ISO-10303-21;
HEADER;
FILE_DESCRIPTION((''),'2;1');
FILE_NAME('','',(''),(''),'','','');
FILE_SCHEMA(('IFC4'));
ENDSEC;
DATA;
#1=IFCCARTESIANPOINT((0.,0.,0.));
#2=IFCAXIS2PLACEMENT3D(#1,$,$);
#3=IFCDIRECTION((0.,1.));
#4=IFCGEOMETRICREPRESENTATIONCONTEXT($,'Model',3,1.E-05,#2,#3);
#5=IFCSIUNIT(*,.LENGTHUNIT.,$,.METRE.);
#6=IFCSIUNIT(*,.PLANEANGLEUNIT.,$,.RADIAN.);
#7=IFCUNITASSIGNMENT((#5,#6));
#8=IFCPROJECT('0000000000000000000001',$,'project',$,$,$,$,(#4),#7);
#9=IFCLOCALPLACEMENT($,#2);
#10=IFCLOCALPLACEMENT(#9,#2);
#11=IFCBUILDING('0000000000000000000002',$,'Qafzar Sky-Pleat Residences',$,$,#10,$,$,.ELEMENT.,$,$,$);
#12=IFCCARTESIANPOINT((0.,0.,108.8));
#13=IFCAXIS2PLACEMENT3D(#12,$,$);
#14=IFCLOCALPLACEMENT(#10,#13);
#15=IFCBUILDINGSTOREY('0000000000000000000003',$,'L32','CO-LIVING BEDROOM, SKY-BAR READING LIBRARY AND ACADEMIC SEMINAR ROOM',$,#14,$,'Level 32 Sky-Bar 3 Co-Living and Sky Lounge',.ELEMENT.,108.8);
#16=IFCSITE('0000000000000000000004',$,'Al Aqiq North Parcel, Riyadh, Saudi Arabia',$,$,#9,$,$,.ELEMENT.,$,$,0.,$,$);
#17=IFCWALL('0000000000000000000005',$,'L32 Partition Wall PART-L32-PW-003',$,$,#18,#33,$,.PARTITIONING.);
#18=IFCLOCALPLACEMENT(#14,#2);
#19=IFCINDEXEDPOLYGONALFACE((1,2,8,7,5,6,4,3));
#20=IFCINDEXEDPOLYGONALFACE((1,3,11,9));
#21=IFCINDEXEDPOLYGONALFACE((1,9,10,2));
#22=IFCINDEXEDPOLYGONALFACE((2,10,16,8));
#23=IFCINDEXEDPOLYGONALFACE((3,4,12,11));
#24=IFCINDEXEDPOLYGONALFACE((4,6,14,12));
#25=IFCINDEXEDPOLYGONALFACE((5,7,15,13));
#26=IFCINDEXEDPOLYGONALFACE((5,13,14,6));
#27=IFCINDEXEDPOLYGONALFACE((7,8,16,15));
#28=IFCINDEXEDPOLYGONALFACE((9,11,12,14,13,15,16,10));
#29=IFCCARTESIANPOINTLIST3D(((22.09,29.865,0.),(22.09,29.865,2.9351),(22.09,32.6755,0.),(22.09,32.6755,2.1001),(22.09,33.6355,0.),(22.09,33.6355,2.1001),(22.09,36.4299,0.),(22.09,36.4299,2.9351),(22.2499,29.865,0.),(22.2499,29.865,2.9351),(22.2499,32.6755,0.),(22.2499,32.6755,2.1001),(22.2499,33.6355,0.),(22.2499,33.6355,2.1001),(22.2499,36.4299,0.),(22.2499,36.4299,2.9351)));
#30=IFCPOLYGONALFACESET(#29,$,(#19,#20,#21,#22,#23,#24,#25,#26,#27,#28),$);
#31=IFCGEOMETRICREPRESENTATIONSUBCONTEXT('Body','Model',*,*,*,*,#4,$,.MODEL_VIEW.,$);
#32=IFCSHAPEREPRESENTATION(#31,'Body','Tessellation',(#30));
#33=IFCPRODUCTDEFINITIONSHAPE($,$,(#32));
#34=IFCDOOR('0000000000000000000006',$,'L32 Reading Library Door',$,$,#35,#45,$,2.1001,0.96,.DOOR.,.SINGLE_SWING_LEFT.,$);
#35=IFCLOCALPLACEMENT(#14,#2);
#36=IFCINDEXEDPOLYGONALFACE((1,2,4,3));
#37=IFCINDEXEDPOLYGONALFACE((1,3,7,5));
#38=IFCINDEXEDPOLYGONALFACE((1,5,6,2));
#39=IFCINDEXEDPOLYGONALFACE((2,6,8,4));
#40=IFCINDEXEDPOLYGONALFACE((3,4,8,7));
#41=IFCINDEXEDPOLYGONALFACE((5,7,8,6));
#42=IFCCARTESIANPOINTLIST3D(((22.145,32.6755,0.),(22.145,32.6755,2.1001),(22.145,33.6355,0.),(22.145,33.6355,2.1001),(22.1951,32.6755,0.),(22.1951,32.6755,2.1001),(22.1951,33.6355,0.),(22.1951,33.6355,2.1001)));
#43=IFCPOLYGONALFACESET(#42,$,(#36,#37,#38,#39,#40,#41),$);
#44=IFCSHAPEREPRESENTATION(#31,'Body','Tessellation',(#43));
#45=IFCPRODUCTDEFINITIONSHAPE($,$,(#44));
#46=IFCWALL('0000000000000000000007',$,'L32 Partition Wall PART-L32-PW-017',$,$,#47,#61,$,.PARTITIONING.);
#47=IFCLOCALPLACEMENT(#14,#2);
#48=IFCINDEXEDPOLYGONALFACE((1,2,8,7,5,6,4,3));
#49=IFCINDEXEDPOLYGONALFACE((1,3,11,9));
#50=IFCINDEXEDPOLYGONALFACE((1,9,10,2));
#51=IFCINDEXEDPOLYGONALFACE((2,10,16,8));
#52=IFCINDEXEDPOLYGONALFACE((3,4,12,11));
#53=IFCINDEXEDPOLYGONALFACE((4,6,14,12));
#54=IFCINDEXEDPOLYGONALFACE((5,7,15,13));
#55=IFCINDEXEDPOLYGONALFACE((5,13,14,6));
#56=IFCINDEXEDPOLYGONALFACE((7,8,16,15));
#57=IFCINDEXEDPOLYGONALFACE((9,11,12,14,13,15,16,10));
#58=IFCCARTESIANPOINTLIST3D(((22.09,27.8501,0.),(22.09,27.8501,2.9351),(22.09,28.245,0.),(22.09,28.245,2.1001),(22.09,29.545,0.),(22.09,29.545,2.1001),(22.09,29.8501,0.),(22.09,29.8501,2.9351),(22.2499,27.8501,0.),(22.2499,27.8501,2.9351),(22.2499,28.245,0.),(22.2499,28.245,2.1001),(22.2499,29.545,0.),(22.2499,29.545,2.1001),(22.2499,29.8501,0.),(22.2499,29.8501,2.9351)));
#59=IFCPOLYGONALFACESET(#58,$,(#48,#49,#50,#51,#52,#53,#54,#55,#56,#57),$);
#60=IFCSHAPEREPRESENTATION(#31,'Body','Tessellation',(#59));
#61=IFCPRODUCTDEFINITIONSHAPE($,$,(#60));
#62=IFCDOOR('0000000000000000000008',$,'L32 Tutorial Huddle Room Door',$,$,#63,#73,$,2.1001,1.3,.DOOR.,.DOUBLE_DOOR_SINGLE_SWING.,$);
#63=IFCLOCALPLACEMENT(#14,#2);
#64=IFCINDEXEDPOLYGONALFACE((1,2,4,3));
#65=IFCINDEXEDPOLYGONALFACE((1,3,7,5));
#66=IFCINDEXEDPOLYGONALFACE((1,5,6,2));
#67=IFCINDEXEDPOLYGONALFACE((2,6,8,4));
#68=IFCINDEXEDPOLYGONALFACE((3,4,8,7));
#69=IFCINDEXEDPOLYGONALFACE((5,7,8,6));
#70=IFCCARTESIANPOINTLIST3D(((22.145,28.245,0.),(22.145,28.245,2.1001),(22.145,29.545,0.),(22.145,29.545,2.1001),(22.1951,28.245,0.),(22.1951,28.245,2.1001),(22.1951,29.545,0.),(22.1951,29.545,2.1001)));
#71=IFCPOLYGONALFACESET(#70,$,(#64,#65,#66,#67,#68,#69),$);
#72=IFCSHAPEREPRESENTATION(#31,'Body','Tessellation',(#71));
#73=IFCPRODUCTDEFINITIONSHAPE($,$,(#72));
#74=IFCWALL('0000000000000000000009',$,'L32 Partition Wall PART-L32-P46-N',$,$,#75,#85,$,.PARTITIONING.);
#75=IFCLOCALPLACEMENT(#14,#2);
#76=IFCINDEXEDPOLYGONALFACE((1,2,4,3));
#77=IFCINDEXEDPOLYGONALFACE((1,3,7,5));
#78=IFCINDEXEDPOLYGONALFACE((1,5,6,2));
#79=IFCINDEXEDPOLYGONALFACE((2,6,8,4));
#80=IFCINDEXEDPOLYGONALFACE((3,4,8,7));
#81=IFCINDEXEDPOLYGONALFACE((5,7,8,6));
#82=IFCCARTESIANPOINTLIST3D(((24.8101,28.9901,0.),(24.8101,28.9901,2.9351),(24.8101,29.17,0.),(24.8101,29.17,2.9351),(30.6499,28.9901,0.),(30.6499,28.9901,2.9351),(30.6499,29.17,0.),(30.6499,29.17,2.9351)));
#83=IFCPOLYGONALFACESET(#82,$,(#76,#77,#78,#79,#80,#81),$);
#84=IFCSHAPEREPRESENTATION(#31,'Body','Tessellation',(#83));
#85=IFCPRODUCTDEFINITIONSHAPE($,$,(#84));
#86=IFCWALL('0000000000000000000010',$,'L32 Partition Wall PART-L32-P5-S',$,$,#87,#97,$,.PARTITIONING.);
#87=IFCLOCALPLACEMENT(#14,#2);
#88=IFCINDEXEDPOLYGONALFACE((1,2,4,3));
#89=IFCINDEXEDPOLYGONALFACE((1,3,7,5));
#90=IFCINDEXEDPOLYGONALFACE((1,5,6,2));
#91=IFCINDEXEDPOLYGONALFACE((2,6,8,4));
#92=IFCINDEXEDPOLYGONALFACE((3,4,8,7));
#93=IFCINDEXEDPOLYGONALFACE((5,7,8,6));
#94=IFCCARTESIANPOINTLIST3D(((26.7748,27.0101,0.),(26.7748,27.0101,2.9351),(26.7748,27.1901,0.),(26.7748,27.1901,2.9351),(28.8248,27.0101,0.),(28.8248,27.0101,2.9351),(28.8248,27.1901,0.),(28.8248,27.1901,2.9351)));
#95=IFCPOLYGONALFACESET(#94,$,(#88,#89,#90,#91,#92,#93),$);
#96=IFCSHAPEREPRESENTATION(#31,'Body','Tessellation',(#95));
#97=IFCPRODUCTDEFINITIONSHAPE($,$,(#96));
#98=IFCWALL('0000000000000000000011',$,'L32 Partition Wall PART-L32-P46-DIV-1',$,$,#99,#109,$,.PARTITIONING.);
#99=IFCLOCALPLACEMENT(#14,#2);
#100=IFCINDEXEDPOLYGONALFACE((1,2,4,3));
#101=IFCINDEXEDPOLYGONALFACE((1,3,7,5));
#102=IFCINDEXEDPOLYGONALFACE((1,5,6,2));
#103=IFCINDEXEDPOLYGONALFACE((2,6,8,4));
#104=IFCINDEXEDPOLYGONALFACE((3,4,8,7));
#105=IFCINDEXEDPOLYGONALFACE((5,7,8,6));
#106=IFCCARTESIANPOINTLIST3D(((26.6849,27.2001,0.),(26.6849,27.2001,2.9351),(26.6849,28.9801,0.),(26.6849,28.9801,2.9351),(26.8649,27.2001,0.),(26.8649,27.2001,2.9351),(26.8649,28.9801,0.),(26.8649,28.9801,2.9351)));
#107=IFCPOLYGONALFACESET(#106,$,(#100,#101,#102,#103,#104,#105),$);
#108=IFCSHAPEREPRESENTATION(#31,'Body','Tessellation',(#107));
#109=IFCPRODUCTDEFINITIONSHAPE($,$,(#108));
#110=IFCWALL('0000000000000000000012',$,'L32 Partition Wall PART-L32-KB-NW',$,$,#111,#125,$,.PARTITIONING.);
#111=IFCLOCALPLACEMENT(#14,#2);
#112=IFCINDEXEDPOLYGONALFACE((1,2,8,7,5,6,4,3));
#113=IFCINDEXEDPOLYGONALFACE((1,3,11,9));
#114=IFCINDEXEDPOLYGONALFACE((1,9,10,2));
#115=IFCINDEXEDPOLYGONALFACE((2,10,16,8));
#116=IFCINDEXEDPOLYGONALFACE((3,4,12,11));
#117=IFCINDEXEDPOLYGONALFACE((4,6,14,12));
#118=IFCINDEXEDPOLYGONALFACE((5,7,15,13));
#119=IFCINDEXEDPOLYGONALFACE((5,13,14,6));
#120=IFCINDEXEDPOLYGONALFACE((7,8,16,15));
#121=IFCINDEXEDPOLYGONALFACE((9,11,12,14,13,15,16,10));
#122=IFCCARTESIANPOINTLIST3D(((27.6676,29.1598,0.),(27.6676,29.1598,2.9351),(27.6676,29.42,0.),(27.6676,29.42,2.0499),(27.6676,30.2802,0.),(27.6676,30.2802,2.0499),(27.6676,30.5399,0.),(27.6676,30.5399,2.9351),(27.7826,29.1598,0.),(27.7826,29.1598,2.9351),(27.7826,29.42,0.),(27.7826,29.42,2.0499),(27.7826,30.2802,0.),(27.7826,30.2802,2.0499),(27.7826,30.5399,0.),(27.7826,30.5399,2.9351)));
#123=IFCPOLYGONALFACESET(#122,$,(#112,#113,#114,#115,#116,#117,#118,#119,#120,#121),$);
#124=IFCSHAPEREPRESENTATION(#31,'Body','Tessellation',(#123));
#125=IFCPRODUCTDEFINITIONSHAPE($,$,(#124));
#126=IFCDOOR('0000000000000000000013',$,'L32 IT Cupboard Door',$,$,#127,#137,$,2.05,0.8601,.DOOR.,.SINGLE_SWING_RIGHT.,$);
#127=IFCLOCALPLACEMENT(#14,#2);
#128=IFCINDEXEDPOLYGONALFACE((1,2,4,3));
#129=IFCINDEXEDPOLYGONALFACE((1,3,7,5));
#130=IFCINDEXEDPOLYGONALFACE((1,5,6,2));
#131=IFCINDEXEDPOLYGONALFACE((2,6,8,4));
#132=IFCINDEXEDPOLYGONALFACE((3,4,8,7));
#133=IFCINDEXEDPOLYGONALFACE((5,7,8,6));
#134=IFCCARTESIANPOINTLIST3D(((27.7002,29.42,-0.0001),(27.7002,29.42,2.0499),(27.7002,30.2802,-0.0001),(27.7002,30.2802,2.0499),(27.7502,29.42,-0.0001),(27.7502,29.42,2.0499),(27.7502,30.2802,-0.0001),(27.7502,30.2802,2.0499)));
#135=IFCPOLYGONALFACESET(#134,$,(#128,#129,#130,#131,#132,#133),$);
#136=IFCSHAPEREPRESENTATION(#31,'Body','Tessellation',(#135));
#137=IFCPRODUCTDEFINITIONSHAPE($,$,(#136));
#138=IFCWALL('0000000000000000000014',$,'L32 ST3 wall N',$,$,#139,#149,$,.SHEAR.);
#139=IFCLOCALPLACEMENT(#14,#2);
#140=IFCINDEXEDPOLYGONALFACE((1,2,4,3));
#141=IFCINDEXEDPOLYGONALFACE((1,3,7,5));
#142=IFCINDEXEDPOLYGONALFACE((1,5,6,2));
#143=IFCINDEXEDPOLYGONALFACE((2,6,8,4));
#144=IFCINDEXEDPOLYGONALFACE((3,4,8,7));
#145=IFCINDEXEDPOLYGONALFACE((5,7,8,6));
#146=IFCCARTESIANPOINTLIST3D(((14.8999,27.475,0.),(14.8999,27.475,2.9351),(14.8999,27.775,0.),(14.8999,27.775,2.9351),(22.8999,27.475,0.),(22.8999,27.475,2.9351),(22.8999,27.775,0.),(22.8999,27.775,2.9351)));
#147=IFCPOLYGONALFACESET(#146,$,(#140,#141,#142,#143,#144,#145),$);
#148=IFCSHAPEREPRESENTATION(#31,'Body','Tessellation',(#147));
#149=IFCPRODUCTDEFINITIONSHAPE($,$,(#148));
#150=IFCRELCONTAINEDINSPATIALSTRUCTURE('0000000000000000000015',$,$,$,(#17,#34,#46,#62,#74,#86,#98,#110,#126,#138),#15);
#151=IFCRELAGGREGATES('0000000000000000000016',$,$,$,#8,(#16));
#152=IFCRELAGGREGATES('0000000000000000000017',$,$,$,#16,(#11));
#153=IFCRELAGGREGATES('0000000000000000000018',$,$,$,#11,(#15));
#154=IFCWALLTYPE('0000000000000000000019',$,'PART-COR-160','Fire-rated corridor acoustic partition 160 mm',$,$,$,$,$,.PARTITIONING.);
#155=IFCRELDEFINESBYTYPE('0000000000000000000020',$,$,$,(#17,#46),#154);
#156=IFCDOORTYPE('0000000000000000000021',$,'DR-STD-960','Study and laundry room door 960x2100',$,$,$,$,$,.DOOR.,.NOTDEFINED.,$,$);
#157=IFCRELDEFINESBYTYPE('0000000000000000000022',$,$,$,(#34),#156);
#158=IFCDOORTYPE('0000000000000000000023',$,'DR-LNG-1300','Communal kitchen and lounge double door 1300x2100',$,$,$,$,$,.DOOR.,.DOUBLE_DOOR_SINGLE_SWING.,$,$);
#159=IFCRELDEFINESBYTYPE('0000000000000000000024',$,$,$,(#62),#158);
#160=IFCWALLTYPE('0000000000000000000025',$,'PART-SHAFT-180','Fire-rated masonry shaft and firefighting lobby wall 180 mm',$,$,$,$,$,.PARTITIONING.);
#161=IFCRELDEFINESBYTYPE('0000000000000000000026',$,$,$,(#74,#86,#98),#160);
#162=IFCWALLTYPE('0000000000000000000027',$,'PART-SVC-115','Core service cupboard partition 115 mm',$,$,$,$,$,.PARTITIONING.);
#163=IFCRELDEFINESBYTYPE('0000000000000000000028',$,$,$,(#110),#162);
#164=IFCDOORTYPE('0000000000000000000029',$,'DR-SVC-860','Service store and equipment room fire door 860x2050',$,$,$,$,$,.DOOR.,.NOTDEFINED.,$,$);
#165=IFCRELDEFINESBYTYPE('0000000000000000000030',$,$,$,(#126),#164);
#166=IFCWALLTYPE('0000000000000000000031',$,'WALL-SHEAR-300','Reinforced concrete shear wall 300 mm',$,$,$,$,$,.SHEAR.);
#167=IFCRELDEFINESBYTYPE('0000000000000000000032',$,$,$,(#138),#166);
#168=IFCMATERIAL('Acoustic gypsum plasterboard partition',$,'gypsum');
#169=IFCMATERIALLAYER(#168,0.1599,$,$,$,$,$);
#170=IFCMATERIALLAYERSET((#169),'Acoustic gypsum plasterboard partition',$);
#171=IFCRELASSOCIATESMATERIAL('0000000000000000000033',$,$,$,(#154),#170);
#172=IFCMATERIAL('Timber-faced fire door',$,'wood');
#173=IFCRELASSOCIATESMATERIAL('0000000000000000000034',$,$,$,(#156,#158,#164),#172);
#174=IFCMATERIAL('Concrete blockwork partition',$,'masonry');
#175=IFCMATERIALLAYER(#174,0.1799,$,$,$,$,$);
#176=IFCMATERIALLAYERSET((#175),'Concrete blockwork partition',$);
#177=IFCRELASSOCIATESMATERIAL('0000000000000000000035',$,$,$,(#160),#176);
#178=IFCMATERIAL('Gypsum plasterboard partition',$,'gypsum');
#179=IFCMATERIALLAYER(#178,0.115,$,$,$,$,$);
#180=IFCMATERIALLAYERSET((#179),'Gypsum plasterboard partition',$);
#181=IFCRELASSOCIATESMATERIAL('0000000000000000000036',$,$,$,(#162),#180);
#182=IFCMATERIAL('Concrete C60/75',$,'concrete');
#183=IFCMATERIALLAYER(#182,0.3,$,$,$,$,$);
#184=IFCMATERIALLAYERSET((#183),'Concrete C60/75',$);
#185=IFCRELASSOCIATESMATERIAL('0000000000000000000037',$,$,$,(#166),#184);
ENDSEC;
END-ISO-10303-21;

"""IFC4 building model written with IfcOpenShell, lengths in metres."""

from ifc_helpers import new_model, si_unit, direction, frame, frame_2d, origin, place, context, subcontext, project, spatial, rectangle, extrude, source, transform, mapped, material, layer, layer_set, type_object, element, fill, save


model = new_model("IFC4")

# Units and contexts
model_context = context("Model", 3, precision=1e-05, world=origin(), true_north=direction((0.0, 1.0)))
body_context = subcontext(model_context, "Body", "Model", "MODEL_VIEW")
ifc_project = project(units=[si_unit("LENGTHUNIT", "METRE"), si_unit("PLANEANGLEUNIT", "RADIAN")], contexts=[model_context])

# Site, building, storey
site_placement = place(None, origin())
site = spatial("IfcSite", under=ifc_project, at=site_placement, Name="Al Aqiq North Parcel, Riyadh, Saudi Arabia", CompositionType="ELEMENT", RefElevation=0.0)
building_placement = place(site_placement, origin())
building = spatial("IfcBuilding", under=site, at=building_placement, Name="Qafzar Sky-Pleat Residences", CompositionType="ELEMENT")
storey_placement = place(building_placement, frame((0.0, 0.0, 108.8)))
storey = spatial("IfcBuildingStorey", under=building, at=storey_placement, Name="L32", Description="CO-LIVING BEDROOM, SKY-BAR READING LIBRARY AND ACADEMIC SEMINAR ROOM", LongName="Level 32 Sky-Bar 3 Co-Living and Sky Lounge", CompositionType="ELEMENT", Elevation=108.8)

# Walls, openings, doors
ifc_material_1 = material(Name="Acoustic gypsum plasterboard partition", Category="gypsum")
ifc_layer_1 = layer(ifc_material_1, 0.1599)
ifc_layer_set_1 = layer_set([ifc_layer_1], Name="Acoustic gypsum plasterboard partition")
wall_type_1 = type_object("IfcWallType", Name="PART-COR-160", Description="Fire-rated corridor acoustic partition 160 mm", PredefinedType="PARTITIONING", material=ifc_layer_set_1)
wall_1_placement = place(storey_placement, frame((22.1699, 29.865, 0.0), z_axis=(0.0, 0.0, 1.0), x_axis=(0.0, 1.0, 0.0)))
wall_1 = element("IfcWall", 1, at=wall_1_placement, inside=storey, type_object=wall_type_1, Name="L32 Partition Wall PART-L32-PW-003", PredefinedType="PARTITIONING", context=body_context, shape_type="SweptSolid", body=[
    extrude(rectangle(XDim=6.5649, YDim=0.1599, at=frame_2d((3.2825, 0.0))), origin(), (0.0, 0.0, 1.0), 2.9351),
])
opening_1_placement = place(wall_1_placement, frame((2.8105, 0.0, 0.0)))
opening_1 = element("IfcOpeningElement", 2, at=opening_1_placement, cuts=wall_1, PredefinedType="OPENING", context=body_context, shape_type="SweptSolid", body=[
    extrude(rectangle(XDim=0.96, YDim=2.1001, at=frame_2d((0.48, 1.05))), frame((0.0, 0.0898, 0.0), z_axis=(0.0, -1.0, 0.0), x_axis=(1.0, 0.0, 0.0)), (0.0, 0.0, 1.0), 0.1799),
])
ifc_material_2 = material(Name="Timber-faced fire door", Category="wood")
door_type_1 = type_object("IfcDoorType", Name="DR-STD-960", Description="Study and laundry room door 960x2100", OperationType="NOTDEFINED", PredefinedType="DOOR", material=ifc_material_2)
shared_shape_1 = source(origin(), body_context, "Body", "SweptSolid", [
    extrude(rectangle(XDim=0.96, YDim=2.1001, at=frame_2d((0.48, 1.05))), frame((0.0, 0.0249, 0.0), z_axis=(0.0, -1.0, 0.0), x_axis=(1.0, 0.0, 0.0)), (0.0, 0.0, 1.0), 0.05),
])
door_1_placement = place(opening_1_placement, origin())
door_1 = element("IfcDoor", 3, at=door_1_placement, inside=storey, type_object=door_type_1, Name="L32 Reading Library Door", OperationType="SINGLE_SWING_LEFT", OverallHeight=2.1001, OverallWidth=0.96, PredefinedType="DOOR", context=body_context, shape_type="MappedRepresentation", body=[
    mapped(shared_shape_1, transform((0.0, 0.0, 0.0), x_axis=(1.0, 0.0, 0.0), y_axis=(0.0, 1.0, 0.0), z_axis=(0.0, 0.0, 1.0), scale=1.0)),
])
fill(opening_1, door_1)
wall_2_placement = place(storey_placement, frame((22.1699, 27.8501, 0.0), z_axis=(0.0, 0.0, 1.0), x_axis=(0.0, 1.0, 0.0)))
wall_2 = element("IfcWall", 4, at=wall_2_placement, inside=storey, type_object=wall_type_1, Name="L32 Partition Wall PART-L32-PW-017", PredefinedType="PARTITIONING", context=body_context, shape_type="SweptSolid", body=[
    extrude(rectangle(XDim=2.0, YDim=0.1599, at=frame_2d((1.0, 0.0))), origin(), (0.0, 0.0, 1.0), 2.9351),
])
opening_2_placement = place(wall_2_placement, frame((0.395, 0.0, 0.0)))
opening_2 = element("IfcOpeningElement", 5, at=opening_2_placement, cuts=wall_2, PredefinedType="OPENING", context=body_context, shape_type="SweptSolid", body=[
    extrude(rectangle(XDim=1.3, YDim=2.1001, at=frame_2d((0.6499, 1.05))), frame((0.0, 0.0898, 0.0), z_axis=(0.0, -1.0, 0.0), x_axis=(1.0, 0.0, 0.0)), (0.0, 0.0, 1.0), 0.1799),
])
door_type_2 = type_object("IfcDoorType", Name="DR-LNG-1300", Description="Communal kitchen and lounge double door 1300x2100", OperationType="DOUBLE_DOOR_SINGLE_SWING", PredefinedType="DOOR", material=ifc_material_2)
shared_shape_2 = source(origin(), body_context, "Body", "SweptSolid", [
    extrude(rectangle(XDim=1.3, YDim=2.1001, at=frame_2d((0.6499, 1.05))), frame((0.0, 0.0249, 0.0), z_axis=(0.0, -1.0, 0.0), x_axis=(1.0, 0.0, 0.0)), (0.0, 0.0, 1.0), 0.05),
])
door_2_placement = place(opening_2_placement, origin())
door_2 = element("IfcDoor", 6, at=door_2_placement, inside=storey, type_object=door_type_2, Name="L32 Tutorial Huddle Room Door", OperationType="DOUBLE_DOOR_SINGLE_SWING", OverallHeight=2.1001, OverallWidth=1.3, PredefinedType="DOOR", context=body_context, shape_type="MappedRepresentation", body=[
    mapped(shared_shape_2, transform((0.0, 0.0, 0.0), x_axis=(1.0, 0.0, 0.0), y_axis=(0.0, 1.0, 0.0), z_axis=(0.0, 0.0, 1.0), scale=1.0)),
])
fill(opening_2, door_2)

# Walls
ifc_material_3 = material(Name="Concrete blockwork partition", Category="masonry")
ifc_layer_2 = layer(ifc_material_3, 0.1799)
ifc_layer_set_2 = layer_set([ifc_layer_2], Name="Concrete blockwork partition")
wall_type_2 = type_object("IfcWallType", Name="PART-SHAFT-180", Description="Fire-rated masonry shaft and firefighting lobby wall 180 mm", PredefinedType="PARTITIONING", material=ifc_layer_set_2)
wall_3_placement = place(storey_placement, frame((24.8101, 29.0801, 0.0), z_axis=(0.0, 0.0, 1.0), x_axis=(1.0, 0.0, 0.0)))
element("IfcWall", 7, at=wall_3_placement, inside=storey, type_object=wall_type_2, Name="L32 Partition Wall PART-L32-P46-N", PredefinedType="PARTITIONING", context=body_context, shape_type="SweptSolid", body=[
    extrude(rectangle(XDim=5.8398, YDim=0.1799, at=frame_2d((2.9199, 0.0))), origin(), (0.0, 0.0, 1.0), 2.9351),
])
wall_4_placement = place(storey_placement, frame((26.7749, 27.1001, 0.0), z_axis=(0.0, 0.0, 1.0), x_axis=(1.0, 0.0, 0.0)))
element("IfcWall", 8, at=wall_4_placement, inside=storey, type_object=wall_type_2, Name="L32 Partition Wall PART-L32-P5-S", PredefinedType="PARTITIONING", context=body_context, shape_type="SweptSolid", body=[
    extrude(rectangle(XDim=2.05, YDim=0.1799, at=frame_2d((1.0249, 0.0))), origin(), (0.0, 0.0, 1.0), 2.9351),
])
wall_5_placement = place(storey_placement, frame((26.7749, 27.2, 0.0), z_axis=(0.0, 0.0, 1.0), x_axis=(0.0, 1.0, 0.0)))
element("IfcWall", 9, at=wall_5_placement, inside=storey, type_object=wall_type_2, Name="L32 Partition Wall PART-L32-P46-DIV-1", PredefinedType="PARTITIONING", context=body_context, shape_type="SweptSolid", body=[
    extrude(rectangle(XDim=1.78, YDim=0.1799, at=frame_2d((0.8901, 0.0))), origin(), (0.0, 0.0, 1.0), 2.9351),
])

# Wall, opening, door
ifc_material_4 = material(Name="Gypsum plasterboard partition", Category="gypsum")
ifc_layer_3 = layer(ifc_material_4, 0.115)
ifc_layer_set_3 = layer_set([ifc_layer_3], Name="Gypsum plasterboard partition")
wall_type_3 = type_object("IfcWallType", Name="PART-SVC-115", Description="Core service cupboard partition 115 mm", PredefinedType="PARTITIONING", material=ifc_layer_set_3)
wall_6_placement = place(storey_placement, frame((27.7251, 29.1599, 0.0), z_axis=(0.0, 0.0, 1.0), x_axis=(0.0, 1.0, 0.0)))
wall_6 = element("IfcWall", 10, at=wall_6_placement, inside=storey, type_object=wall_type_3, Name="L32 Partition Wall PART-L32-KB-NW", PredefinedType="PARTITIONING", context=body_context, shape_type="SweptSolid", body=[
    extrude(rectangle(XDim=1.3801, YDim=0.115, at=frame_2d((0.6899, 0.0))), origin(), (0.0, 0.0, 1.0), 2.9351),
])
opening_3_placement = place(wall_6_placement, frame((0.26, 0.0, 0.0)))
opening_3 = element("IfcOpeningElement", 11, at=opening_3_placement, cuts=wall_6, PredefinedType="OPENING", context=body_context, shape_type="SweptSolid", body=[
    extrude(rectangle(XDim=0.8601, YDim=2.05, at=frame_2d((0.4302, 1.0249))), frame((0.0, 0.0674, 0.0), z_axis=(0.0, -1.0, 0.0), x_axis=(1.0, 0.0, 0.0)), (0.0, 0.0, 1.0), 0.135),
])
door_type_3 = type_object("IfcDoorType", Name="DR-SVC-860", Description="Service store and equipment room fire door 860x2050", OperationType="NOTDEFINED", PredefinedType="DOOR", material=ifc_material_2)
shared_shape_3 = source(origin(), body_context, "Body", "SweptSolid", [
    extrude(rectangle(XDim=0.8601, YDim=2.05, at=frame_2d((0.4302, 1.0249))), frame((0.0, 0.0249, 0.0), z_axis=(0.0, -1.0, 0.0), x_axis=(1.0, 0.0, 0.0)), (0.0, 0.0, 1.0), 0.05),
])
door_3_placement = place(opening_3_placement, origin())
door_3 = element("IfcDoor", 12, at=door_3_placement, inside=storey, type_object=door_type_3, Name="L32 IT Cupboard Door", OperationType="SINGLE_SWING_RIGHT", OverallHeight=2.05, OverallWidth=0.8601, PredefinedType="DOOR", context=body_context, shape_type="MappedRepresentation", body=[
    mapped(shared_shape_3, transform((0.0, 0.0, 0.0), x_axis=(1.0, 0.0, 0.0), y_axis=(0.0, 1.0, 0.0), z_axis=(0.0, 0.0, 1.0), scale=1.0)),
])
fill(opening_3, door_3)

# Shared definitions
ifc_material_5 = material(Name="Concrete C60/75", Category="concrete")
ifc_layer_4 = layer(ifc_material_5, 0.3)
ifc_layer_set_4 = layer_set([ifc_layer_4], Name="Concrete C60/75")
wall_type_4 = type_object("IfcWallType", Name="WALL-SHEAR-300", Description="Reinforced concrete shear wall 300 mm", PredefinedType="SHEAR", material=ifc_layer_set_4)

# Wall
wall_7_placement = place(storey_placement, frame((22.8999, 27.625, 0.0), z_axis=(0.0, 0.0, 1.0), x_axis=(-1.0, 0.0, 0.0)))
element("IfcWall", 13, at=wall_7_placement, inside=storey, type_object=wall_type_4, Name="L32 ST3 wall N", PredefinedType="SHEAR", context=body_context, shape_type="SweptSolid", body=[
    extrude(rectangle(XDim=8.0, YDim=0.3, at=frame_2d((4.0, 0.0))), origin(), (0.0, 0.0, 1.0), 2.9351),
])

save(model, "model.ifc")
